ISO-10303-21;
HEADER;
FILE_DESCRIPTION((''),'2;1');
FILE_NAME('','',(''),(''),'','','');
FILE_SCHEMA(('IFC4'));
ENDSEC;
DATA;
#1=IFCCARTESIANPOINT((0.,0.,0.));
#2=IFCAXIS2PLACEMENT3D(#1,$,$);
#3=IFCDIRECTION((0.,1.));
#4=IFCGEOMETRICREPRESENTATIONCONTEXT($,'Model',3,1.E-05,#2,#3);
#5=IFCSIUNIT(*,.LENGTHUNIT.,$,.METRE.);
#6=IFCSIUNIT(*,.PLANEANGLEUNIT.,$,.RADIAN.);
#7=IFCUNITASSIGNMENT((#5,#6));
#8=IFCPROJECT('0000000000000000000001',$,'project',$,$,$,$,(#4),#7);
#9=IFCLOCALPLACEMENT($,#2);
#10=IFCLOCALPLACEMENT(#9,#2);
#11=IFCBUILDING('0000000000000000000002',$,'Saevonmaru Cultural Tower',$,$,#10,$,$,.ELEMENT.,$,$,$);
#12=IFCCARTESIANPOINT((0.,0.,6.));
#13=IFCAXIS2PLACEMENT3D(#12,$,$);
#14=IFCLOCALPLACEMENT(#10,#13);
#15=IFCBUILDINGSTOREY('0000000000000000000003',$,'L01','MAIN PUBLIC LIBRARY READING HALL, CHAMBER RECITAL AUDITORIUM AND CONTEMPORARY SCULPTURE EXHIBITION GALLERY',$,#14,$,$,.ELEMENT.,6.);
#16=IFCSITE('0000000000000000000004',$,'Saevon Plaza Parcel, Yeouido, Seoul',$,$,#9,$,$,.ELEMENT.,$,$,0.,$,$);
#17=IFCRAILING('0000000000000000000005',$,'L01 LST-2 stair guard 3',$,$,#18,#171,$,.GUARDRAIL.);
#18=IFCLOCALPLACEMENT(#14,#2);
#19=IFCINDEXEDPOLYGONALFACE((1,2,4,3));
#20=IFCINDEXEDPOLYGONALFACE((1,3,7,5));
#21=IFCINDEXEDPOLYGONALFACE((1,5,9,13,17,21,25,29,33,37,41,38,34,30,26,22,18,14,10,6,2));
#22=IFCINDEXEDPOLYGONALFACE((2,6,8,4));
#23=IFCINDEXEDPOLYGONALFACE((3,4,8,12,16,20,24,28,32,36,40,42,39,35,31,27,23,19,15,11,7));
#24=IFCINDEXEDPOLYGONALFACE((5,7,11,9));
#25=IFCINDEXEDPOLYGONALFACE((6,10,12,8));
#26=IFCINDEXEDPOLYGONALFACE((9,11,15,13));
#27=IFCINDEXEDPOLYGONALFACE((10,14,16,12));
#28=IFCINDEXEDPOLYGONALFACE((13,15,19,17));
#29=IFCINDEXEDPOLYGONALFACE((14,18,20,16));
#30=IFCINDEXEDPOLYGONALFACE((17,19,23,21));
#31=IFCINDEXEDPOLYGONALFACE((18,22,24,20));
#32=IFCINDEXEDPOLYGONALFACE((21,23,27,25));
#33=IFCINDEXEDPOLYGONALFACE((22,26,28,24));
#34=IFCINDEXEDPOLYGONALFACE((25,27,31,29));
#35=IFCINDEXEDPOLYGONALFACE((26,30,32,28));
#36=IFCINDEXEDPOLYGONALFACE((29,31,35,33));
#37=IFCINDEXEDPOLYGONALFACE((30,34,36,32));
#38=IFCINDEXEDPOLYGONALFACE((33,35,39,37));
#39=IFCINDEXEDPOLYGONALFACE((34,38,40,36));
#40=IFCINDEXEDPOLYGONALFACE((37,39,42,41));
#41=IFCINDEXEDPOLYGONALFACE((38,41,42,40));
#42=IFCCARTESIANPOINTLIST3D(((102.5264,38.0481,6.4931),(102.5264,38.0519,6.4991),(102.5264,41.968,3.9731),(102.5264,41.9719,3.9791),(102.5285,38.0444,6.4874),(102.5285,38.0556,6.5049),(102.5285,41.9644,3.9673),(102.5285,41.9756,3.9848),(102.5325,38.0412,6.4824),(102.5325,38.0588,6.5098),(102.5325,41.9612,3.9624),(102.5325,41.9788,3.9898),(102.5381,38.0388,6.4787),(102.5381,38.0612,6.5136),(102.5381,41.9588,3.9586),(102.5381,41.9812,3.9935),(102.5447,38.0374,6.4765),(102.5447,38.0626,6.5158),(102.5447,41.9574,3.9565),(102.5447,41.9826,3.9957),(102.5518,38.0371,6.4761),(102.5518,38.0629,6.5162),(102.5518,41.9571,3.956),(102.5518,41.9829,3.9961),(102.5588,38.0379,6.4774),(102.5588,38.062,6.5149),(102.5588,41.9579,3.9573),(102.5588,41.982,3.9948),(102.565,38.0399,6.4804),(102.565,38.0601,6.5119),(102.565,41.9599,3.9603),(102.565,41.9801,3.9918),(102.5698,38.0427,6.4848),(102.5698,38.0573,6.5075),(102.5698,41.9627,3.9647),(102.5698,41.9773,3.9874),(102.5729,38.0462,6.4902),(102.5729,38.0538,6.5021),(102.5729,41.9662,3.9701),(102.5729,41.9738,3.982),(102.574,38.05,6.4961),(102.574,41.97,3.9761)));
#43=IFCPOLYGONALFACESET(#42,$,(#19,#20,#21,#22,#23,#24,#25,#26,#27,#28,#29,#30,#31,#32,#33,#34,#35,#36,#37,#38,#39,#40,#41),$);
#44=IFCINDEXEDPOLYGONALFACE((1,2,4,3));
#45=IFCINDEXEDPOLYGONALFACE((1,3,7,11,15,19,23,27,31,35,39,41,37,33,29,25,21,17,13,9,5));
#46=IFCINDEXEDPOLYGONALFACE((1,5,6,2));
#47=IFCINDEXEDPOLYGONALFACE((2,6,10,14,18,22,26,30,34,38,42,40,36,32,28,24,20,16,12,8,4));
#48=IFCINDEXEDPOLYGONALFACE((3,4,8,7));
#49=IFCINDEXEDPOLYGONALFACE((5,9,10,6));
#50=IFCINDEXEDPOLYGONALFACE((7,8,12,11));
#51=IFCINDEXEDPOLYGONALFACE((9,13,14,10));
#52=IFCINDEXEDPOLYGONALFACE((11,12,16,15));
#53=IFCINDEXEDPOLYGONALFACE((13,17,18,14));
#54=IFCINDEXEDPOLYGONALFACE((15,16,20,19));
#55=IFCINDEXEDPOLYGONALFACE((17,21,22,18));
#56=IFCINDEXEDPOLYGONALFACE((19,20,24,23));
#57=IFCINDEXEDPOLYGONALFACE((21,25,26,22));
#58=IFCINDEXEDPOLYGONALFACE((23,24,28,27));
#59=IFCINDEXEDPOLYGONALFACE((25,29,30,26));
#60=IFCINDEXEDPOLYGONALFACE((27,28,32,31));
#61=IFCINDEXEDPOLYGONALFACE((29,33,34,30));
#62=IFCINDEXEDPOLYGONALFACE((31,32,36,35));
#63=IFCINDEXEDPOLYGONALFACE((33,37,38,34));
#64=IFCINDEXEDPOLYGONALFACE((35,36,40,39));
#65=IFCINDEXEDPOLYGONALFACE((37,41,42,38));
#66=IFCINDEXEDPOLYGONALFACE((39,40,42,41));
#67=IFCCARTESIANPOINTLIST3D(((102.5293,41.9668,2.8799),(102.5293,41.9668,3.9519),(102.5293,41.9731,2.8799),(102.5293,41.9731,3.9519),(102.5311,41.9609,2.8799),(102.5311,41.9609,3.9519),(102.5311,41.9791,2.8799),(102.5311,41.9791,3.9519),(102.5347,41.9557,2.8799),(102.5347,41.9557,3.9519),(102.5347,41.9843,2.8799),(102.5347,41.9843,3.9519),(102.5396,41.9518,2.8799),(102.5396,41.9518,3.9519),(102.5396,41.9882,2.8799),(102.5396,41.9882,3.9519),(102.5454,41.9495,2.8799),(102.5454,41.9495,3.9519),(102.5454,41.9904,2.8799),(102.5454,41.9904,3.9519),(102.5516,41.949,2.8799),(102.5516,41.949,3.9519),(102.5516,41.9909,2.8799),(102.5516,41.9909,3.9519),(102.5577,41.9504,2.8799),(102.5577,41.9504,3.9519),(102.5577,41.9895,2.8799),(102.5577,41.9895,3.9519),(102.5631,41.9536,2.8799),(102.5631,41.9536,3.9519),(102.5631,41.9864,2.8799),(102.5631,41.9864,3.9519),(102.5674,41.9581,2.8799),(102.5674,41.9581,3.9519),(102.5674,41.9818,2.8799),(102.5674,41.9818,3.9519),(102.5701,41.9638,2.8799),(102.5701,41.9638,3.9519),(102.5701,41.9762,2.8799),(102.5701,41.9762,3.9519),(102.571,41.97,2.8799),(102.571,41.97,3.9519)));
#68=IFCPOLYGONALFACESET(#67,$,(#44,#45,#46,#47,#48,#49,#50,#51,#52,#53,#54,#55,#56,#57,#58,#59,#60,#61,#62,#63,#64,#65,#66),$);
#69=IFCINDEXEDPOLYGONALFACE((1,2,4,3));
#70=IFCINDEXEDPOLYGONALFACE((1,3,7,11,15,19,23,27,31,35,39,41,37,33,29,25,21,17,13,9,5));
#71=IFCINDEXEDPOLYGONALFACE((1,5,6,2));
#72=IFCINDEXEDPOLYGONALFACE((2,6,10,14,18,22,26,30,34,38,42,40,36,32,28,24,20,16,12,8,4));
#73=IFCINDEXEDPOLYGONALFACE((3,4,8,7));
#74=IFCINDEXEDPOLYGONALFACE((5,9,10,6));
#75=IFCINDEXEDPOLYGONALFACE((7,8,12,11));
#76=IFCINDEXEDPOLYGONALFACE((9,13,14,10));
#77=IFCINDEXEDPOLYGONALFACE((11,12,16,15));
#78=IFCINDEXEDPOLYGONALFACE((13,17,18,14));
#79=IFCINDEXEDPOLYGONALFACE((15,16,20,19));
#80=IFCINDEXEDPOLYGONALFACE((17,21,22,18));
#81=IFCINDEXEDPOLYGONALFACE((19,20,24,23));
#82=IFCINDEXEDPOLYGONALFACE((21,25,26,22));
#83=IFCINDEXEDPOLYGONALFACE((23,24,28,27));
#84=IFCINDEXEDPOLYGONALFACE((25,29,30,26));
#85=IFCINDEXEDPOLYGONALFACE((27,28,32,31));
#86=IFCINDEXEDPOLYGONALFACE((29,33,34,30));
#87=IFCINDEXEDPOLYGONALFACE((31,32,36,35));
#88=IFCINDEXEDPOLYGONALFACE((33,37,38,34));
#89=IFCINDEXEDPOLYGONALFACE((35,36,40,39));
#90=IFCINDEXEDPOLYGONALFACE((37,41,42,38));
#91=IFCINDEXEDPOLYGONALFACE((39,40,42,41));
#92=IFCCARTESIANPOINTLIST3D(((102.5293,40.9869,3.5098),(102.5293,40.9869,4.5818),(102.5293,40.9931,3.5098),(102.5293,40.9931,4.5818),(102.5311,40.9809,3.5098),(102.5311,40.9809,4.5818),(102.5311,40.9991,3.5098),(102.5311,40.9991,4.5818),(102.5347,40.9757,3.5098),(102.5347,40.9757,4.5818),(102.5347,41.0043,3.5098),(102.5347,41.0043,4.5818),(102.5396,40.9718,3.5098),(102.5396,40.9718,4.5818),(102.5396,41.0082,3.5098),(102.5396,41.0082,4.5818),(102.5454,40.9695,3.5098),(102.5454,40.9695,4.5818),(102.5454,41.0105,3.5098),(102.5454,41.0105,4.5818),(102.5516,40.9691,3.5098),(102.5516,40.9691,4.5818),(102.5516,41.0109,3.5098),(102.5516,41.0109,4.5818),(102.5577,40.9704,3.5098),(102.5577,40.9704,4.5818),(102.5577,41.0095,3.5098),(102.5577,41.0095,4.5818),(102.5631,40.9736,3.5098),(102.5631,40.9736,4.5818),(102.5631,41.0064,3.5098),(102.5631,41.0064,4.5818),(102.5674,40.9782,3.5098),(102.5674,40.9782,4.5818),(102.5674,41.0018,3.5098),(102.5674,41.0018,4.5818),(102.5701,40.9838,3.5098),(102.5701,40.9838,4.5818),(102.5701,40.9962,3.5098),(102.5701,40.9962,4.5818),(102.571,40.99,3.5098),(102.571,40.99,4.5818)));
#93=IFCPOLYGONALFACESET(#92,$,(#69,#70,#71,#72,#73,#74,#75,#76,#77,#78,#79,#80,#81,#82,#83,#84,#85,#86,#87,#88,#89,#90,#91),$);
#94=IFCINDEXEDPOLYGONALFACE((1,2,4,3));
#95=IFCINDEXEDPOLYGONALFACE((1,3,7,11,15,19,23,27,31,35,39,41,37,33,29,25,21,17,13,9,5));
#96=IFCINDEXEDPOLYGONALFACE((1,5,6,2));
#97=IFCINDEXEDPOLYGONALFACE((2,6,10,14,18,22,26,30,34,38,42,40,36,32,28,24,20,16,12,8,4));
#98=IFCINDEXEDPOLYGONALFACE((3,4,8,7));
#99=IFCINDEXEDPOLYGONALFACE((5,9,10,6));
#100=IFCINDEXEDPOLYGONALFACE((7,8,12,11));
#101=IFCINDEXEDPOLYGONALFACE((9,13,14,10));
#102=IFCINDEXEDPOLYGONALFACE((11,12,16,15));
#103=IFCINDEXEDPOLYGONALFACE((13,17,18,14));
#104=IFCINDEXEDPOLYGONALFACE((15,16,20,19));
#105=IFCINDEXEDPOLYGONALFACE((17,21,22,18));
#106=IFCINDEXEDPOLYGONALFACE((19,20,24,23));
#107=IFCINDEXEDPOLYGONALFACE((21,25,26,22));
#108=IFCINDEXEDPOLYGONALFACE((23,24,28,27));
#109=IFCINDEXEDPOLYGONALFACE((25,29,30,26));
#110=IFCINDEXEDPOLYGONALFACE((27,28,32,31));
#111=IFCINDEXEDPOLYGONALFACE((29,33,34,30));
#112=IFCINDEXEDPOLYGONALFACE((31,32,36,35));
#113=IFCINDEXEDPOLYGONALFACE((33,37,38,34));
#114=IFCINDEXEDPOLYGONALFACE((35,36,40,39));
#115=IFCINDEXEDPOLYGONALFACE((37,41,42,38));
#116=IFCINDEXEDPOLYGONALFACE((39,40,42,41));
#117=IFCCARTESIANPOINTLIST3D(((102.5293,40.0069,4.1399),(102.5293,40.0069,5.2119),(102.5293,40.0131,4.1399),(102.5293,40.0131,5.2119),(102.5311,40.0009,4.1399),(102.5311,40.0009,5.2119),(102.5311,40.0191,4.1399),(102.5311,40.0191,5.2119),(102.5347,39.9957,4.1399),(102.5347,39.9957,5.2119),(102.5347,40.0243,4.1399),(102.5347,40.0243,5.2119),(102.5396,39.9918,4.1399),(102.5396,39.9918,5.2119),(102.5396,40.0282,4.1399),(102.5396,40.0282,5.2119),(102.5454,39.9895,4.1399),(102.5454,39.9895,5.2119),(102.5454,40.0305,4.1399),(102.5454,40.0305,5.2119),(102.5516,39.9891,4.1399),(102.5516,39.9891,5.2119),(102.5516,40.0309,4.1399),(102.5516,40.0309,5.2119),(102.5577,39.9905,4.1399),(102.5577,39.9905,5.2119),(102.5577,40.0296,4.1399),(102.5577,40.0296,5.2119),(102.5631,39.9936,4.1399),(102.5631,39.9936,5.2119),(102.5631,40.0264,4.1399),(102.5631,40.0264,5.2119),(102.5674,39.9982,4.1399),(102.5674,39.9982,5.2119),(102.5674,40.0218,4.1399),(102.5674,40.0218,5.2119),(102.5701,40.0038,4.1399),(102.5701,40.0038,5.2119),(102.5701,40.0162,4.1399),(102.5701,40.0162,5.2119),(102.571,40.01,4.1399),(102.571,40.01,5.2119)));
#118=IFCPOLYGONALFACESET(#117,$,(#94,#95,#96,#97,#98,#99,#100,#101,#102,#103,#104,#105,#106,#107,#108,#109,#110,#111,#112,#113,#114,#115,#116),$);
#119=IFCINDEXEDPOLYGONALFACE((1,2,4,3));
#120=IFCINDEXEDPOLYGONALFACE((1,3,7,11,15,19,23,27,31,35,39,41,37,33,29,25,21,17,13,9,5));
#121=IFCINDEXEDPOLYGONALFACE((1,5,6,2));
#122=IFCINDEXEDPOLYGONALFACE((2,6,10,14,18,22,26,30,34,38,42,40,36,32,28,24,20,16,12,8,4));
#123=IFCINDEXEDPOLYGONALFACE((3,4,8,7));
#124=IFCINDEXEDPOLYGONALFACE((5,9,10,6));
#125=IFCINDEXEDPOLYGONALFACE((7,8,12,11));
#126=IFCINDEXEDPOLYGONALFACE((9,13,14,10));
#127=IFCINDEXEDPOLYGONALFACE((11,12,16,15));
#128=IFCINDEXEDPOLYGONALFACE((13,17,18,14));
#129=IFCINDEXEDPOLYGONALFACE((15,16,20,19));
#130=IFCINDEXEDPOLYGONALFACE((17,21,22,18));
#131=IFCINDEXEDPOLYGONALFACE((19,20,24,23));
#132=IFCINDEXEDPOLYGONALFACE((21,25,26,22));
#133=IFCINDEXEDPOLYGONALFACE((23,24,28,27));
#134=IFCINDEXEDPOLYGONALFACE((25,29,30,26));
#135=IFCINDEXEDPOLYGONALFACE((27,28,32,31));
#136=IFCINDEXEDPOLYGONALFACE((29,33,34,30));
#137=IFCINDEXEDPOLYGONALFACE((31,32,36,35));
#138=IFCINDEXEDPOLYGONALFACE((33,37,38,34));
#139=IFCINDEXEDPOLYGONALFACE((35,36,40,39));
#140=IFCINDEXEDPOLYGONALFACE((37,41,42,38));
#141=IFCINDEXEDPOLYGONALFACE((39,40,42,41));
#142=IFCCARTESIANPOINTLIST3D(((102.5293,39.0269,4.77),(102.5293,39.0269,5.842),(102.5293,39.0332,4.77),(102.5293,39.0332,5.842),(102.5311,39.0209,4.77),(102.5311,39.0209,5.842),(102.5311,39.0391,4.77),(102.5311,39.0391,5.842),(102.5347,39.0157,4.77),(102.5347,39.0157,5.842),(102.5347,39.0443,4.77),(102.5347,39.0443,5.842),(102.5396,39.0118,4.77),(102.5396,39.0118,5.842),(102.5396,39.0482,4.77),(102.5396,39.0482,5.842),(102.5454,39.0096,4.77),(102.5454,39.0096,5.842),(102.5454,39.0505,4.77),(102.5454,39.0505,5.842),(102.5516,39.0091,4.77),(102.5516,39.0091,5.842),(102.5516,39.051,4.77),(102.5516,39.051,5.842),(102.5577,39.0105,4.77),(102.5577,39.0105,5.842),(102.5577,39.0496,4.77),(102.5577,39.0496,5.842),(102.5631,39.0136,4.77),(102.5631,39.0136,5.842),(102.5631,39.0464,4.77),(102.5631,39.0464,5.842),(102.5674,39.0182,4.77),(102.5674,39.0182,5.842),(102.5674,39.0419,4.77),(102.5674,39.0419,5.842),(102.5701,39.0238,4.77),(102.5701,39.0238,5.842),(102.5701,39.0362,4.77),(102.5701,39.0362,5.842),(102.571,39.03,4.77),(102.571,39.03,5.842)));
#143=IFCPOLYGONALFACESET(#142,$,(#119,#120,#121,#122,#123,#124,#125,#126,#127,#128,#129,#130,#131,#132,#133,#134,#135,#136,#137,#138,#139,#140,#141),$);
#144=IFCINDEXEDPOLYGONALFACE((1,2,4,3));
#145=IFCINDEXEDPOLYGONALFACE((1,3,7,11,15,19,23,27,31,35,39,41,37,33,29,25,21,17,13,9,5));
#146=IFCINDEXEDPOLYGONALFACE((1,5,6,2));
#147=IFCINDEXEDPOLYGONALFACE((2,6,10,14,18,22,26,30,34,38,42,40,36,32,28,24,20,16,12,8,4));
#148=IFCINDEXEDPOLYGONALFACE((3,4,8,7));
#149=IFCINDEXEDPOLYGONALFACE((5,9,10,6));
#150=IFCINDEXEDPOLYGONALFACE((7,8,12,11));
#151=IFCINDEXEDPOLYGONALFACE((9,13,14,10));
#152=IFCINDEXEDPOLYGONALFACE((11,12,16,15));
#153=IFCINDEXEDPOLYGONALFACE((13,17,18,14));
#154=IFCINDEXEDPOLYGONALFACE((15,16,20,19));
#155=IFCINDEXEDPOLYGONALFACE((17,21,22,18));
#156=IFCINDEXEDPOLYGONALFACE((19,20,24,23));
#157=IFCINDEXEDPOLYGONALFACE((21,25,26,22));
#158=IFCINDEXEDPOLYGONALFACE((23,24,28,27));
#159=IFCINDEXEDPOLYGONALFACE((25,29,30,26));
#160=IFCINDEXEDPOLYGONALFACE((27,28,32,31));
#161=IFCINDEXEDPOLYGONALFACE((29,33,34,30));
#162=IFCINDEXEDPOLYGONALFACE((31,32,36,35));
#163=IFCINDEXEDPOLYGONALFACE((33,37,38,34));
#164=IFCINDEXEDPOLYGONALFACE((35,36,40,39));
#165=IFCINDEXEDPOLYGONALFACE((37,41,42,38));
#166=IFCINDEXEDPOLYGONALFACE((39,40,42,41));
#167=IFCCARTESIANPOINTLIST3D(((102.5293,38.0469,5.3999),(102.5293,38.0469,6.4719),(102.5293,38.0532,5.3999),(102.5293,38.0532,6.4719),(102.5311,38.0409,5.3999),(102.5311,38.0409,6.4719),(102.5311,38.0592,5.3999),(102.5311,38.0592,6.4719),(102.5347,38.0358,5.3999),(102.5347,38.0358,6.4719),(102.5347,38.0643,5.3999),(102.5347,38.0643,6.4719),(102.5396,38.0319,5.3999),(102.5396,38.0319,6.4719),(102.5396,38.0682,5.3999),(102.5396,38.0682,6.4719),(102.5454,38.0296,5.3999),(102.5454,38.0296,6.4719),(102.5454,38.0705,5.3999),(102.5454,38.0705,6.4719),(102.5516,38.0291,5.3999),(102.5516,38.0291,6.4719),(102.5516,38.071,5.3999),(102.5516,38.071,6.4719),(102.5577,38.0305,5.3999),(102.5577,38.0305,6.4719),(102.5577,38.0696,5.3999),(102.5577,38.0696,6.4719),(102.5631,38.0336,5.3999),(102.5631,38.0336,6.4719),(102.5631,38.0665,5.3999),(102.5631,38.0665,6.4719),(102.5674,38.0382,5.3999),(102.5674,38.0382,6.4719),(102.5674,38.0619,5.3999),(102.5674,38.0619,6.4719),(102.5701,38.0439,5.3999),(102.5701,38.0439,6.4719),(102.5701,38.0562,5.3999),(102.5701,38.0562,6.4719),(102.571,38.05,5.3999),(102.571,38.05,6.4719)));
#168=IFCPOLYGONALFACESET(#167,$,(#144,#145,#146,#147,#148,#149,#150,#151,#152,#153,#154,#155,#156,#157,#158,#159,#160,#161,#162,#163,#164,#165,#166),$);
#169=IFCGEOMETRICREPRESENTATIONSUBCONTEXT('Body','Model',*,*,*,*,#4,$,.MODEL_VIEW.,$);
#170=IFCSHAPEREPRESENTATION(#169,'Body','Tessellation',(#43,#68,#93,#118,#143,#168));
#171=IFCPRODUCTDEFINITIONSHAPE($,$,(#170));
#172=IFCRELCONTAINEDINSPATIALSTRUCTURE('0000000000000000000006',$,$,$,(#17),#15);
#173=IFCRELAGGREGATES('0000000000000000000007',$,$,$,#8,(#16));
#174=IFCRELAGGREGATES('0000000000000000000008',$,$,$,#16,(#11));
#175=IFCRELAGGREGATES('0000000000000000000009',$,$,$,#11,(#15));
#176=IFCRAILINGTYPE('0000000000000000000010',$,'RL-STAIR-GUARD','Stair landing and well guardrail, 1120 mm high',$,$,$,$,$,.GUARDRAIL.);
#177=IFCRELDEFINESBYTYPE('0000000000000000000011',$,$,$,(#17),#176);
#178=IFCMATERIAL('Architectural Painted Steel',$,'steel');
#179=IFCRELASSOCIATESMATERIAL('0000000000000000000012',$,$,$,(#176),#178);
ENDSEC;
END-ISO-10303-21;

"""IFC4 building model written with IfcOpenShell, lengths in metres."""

from ifc_helpers import new_model, si_unit, direction, frame, origin, origin_2d, place, context, subcontext, project, spatial, circle, extrude, material, type_object, element, save


model = new_model("IFC4")

# Units and contexts
model_context = context("Model", 3, precision=1e-05, world=origin(), true_north=direction((0.0, 1.0)))
body_context = subcontext(model_context, "Body", "Model", "MODEL_VIEW")
ifc_project = project(units=[si_unit("LENGTHUNIT", "METRE"), si_unit("PLANEANGLEUNIT", "RADIAN")], contexts=[model_context])

# Site, building, storey
site_placement = place(None, origin())
site = spatial("IfcSite", under=ifc_project, at=site_placement, Name="Saevon Plaza Parcel, Yeouido, Seoul", CompositionType="ELEMENT", RefElevation=0.0)
building_placement = place(site_placement, origin())
building = spatial("IfcBuilding", under=site, at=building_placement, Name="Saevonmaru Cultural Tower", CompositionType="ELEMENT")
storey_placement = place(building_placement, frame((0.0, 0.0, 6.0)))
storey = spatial("IfcBuildingStorey", under=building, at=storey_placement, Name="L01", Description="MAIN PUBLIC LIBRARY READING HALL, CHAMBER RECITAL AUDITORIUM AND CONTEMPORARY SCULPTURE EXHIBITION GALLERY", CompositionType="ELEMENT", Elevation=6.0)

# Railing
ifc_material_1 = material(Name="Architectural Painted Steel", Category="steel")
railing_type_1 = type_object("IfcRailingType", Name="RL-STAIR-GUARD", Description="Stair landing and well guardrail, 1120 mm high", PredefinedType="GUARDRAIL", material=ifc_material_1)
railing_1_placement = place(storey_placement, frame((102.55, 41.97, 2.8799)))
element("IfcRailing", 1, at=railing_1_placement, inside=storey, type_object=railing_type_1, Name="L01 LST-2 stair guard 3", PredefinedType="GUARDRAIL", context=body_context, shape_type="SweptSolid", body=[
    extrude(circle(Radius=0.0239, at=origin_2d()), frame((0.0, 0.0, 1.0962), z_axis=(0.0, -0.841172, 0.540768), x_axis=(1.0, 0.0, 0.0)), (0.0, 0.0, 1.0), 4.6602),
    extrude(circle(Radius=0.021, at=origin_2d()), origin(), (0.0, 0.0, 1.0), 1.072),
    extrude(circle(Radius=0.021, at=origin_2d()), frame((0.0, -0.98, 0.6299)), (0.0, 0.0, 1.0), 1.072),
    extrude(circle(Radius=0.021, at=origin_2d()), frame((0.0, -1.96, 1.26)), (0.0, 0.0, 1.0), 1.072),
    extrude(circle(Radius=0.021, at=origin_2d()), frame((0.0, -2.9399, 1.8901)), (0.0, 0.0, 1.0), 1.072),
    extrude(circle(Radius=0.021, at=origin_2d()), frame((0.0, -3.9199, 2.52)), (0.0, 0.0, 1.0), 1.072),
])

save(model, "model.ifc")
